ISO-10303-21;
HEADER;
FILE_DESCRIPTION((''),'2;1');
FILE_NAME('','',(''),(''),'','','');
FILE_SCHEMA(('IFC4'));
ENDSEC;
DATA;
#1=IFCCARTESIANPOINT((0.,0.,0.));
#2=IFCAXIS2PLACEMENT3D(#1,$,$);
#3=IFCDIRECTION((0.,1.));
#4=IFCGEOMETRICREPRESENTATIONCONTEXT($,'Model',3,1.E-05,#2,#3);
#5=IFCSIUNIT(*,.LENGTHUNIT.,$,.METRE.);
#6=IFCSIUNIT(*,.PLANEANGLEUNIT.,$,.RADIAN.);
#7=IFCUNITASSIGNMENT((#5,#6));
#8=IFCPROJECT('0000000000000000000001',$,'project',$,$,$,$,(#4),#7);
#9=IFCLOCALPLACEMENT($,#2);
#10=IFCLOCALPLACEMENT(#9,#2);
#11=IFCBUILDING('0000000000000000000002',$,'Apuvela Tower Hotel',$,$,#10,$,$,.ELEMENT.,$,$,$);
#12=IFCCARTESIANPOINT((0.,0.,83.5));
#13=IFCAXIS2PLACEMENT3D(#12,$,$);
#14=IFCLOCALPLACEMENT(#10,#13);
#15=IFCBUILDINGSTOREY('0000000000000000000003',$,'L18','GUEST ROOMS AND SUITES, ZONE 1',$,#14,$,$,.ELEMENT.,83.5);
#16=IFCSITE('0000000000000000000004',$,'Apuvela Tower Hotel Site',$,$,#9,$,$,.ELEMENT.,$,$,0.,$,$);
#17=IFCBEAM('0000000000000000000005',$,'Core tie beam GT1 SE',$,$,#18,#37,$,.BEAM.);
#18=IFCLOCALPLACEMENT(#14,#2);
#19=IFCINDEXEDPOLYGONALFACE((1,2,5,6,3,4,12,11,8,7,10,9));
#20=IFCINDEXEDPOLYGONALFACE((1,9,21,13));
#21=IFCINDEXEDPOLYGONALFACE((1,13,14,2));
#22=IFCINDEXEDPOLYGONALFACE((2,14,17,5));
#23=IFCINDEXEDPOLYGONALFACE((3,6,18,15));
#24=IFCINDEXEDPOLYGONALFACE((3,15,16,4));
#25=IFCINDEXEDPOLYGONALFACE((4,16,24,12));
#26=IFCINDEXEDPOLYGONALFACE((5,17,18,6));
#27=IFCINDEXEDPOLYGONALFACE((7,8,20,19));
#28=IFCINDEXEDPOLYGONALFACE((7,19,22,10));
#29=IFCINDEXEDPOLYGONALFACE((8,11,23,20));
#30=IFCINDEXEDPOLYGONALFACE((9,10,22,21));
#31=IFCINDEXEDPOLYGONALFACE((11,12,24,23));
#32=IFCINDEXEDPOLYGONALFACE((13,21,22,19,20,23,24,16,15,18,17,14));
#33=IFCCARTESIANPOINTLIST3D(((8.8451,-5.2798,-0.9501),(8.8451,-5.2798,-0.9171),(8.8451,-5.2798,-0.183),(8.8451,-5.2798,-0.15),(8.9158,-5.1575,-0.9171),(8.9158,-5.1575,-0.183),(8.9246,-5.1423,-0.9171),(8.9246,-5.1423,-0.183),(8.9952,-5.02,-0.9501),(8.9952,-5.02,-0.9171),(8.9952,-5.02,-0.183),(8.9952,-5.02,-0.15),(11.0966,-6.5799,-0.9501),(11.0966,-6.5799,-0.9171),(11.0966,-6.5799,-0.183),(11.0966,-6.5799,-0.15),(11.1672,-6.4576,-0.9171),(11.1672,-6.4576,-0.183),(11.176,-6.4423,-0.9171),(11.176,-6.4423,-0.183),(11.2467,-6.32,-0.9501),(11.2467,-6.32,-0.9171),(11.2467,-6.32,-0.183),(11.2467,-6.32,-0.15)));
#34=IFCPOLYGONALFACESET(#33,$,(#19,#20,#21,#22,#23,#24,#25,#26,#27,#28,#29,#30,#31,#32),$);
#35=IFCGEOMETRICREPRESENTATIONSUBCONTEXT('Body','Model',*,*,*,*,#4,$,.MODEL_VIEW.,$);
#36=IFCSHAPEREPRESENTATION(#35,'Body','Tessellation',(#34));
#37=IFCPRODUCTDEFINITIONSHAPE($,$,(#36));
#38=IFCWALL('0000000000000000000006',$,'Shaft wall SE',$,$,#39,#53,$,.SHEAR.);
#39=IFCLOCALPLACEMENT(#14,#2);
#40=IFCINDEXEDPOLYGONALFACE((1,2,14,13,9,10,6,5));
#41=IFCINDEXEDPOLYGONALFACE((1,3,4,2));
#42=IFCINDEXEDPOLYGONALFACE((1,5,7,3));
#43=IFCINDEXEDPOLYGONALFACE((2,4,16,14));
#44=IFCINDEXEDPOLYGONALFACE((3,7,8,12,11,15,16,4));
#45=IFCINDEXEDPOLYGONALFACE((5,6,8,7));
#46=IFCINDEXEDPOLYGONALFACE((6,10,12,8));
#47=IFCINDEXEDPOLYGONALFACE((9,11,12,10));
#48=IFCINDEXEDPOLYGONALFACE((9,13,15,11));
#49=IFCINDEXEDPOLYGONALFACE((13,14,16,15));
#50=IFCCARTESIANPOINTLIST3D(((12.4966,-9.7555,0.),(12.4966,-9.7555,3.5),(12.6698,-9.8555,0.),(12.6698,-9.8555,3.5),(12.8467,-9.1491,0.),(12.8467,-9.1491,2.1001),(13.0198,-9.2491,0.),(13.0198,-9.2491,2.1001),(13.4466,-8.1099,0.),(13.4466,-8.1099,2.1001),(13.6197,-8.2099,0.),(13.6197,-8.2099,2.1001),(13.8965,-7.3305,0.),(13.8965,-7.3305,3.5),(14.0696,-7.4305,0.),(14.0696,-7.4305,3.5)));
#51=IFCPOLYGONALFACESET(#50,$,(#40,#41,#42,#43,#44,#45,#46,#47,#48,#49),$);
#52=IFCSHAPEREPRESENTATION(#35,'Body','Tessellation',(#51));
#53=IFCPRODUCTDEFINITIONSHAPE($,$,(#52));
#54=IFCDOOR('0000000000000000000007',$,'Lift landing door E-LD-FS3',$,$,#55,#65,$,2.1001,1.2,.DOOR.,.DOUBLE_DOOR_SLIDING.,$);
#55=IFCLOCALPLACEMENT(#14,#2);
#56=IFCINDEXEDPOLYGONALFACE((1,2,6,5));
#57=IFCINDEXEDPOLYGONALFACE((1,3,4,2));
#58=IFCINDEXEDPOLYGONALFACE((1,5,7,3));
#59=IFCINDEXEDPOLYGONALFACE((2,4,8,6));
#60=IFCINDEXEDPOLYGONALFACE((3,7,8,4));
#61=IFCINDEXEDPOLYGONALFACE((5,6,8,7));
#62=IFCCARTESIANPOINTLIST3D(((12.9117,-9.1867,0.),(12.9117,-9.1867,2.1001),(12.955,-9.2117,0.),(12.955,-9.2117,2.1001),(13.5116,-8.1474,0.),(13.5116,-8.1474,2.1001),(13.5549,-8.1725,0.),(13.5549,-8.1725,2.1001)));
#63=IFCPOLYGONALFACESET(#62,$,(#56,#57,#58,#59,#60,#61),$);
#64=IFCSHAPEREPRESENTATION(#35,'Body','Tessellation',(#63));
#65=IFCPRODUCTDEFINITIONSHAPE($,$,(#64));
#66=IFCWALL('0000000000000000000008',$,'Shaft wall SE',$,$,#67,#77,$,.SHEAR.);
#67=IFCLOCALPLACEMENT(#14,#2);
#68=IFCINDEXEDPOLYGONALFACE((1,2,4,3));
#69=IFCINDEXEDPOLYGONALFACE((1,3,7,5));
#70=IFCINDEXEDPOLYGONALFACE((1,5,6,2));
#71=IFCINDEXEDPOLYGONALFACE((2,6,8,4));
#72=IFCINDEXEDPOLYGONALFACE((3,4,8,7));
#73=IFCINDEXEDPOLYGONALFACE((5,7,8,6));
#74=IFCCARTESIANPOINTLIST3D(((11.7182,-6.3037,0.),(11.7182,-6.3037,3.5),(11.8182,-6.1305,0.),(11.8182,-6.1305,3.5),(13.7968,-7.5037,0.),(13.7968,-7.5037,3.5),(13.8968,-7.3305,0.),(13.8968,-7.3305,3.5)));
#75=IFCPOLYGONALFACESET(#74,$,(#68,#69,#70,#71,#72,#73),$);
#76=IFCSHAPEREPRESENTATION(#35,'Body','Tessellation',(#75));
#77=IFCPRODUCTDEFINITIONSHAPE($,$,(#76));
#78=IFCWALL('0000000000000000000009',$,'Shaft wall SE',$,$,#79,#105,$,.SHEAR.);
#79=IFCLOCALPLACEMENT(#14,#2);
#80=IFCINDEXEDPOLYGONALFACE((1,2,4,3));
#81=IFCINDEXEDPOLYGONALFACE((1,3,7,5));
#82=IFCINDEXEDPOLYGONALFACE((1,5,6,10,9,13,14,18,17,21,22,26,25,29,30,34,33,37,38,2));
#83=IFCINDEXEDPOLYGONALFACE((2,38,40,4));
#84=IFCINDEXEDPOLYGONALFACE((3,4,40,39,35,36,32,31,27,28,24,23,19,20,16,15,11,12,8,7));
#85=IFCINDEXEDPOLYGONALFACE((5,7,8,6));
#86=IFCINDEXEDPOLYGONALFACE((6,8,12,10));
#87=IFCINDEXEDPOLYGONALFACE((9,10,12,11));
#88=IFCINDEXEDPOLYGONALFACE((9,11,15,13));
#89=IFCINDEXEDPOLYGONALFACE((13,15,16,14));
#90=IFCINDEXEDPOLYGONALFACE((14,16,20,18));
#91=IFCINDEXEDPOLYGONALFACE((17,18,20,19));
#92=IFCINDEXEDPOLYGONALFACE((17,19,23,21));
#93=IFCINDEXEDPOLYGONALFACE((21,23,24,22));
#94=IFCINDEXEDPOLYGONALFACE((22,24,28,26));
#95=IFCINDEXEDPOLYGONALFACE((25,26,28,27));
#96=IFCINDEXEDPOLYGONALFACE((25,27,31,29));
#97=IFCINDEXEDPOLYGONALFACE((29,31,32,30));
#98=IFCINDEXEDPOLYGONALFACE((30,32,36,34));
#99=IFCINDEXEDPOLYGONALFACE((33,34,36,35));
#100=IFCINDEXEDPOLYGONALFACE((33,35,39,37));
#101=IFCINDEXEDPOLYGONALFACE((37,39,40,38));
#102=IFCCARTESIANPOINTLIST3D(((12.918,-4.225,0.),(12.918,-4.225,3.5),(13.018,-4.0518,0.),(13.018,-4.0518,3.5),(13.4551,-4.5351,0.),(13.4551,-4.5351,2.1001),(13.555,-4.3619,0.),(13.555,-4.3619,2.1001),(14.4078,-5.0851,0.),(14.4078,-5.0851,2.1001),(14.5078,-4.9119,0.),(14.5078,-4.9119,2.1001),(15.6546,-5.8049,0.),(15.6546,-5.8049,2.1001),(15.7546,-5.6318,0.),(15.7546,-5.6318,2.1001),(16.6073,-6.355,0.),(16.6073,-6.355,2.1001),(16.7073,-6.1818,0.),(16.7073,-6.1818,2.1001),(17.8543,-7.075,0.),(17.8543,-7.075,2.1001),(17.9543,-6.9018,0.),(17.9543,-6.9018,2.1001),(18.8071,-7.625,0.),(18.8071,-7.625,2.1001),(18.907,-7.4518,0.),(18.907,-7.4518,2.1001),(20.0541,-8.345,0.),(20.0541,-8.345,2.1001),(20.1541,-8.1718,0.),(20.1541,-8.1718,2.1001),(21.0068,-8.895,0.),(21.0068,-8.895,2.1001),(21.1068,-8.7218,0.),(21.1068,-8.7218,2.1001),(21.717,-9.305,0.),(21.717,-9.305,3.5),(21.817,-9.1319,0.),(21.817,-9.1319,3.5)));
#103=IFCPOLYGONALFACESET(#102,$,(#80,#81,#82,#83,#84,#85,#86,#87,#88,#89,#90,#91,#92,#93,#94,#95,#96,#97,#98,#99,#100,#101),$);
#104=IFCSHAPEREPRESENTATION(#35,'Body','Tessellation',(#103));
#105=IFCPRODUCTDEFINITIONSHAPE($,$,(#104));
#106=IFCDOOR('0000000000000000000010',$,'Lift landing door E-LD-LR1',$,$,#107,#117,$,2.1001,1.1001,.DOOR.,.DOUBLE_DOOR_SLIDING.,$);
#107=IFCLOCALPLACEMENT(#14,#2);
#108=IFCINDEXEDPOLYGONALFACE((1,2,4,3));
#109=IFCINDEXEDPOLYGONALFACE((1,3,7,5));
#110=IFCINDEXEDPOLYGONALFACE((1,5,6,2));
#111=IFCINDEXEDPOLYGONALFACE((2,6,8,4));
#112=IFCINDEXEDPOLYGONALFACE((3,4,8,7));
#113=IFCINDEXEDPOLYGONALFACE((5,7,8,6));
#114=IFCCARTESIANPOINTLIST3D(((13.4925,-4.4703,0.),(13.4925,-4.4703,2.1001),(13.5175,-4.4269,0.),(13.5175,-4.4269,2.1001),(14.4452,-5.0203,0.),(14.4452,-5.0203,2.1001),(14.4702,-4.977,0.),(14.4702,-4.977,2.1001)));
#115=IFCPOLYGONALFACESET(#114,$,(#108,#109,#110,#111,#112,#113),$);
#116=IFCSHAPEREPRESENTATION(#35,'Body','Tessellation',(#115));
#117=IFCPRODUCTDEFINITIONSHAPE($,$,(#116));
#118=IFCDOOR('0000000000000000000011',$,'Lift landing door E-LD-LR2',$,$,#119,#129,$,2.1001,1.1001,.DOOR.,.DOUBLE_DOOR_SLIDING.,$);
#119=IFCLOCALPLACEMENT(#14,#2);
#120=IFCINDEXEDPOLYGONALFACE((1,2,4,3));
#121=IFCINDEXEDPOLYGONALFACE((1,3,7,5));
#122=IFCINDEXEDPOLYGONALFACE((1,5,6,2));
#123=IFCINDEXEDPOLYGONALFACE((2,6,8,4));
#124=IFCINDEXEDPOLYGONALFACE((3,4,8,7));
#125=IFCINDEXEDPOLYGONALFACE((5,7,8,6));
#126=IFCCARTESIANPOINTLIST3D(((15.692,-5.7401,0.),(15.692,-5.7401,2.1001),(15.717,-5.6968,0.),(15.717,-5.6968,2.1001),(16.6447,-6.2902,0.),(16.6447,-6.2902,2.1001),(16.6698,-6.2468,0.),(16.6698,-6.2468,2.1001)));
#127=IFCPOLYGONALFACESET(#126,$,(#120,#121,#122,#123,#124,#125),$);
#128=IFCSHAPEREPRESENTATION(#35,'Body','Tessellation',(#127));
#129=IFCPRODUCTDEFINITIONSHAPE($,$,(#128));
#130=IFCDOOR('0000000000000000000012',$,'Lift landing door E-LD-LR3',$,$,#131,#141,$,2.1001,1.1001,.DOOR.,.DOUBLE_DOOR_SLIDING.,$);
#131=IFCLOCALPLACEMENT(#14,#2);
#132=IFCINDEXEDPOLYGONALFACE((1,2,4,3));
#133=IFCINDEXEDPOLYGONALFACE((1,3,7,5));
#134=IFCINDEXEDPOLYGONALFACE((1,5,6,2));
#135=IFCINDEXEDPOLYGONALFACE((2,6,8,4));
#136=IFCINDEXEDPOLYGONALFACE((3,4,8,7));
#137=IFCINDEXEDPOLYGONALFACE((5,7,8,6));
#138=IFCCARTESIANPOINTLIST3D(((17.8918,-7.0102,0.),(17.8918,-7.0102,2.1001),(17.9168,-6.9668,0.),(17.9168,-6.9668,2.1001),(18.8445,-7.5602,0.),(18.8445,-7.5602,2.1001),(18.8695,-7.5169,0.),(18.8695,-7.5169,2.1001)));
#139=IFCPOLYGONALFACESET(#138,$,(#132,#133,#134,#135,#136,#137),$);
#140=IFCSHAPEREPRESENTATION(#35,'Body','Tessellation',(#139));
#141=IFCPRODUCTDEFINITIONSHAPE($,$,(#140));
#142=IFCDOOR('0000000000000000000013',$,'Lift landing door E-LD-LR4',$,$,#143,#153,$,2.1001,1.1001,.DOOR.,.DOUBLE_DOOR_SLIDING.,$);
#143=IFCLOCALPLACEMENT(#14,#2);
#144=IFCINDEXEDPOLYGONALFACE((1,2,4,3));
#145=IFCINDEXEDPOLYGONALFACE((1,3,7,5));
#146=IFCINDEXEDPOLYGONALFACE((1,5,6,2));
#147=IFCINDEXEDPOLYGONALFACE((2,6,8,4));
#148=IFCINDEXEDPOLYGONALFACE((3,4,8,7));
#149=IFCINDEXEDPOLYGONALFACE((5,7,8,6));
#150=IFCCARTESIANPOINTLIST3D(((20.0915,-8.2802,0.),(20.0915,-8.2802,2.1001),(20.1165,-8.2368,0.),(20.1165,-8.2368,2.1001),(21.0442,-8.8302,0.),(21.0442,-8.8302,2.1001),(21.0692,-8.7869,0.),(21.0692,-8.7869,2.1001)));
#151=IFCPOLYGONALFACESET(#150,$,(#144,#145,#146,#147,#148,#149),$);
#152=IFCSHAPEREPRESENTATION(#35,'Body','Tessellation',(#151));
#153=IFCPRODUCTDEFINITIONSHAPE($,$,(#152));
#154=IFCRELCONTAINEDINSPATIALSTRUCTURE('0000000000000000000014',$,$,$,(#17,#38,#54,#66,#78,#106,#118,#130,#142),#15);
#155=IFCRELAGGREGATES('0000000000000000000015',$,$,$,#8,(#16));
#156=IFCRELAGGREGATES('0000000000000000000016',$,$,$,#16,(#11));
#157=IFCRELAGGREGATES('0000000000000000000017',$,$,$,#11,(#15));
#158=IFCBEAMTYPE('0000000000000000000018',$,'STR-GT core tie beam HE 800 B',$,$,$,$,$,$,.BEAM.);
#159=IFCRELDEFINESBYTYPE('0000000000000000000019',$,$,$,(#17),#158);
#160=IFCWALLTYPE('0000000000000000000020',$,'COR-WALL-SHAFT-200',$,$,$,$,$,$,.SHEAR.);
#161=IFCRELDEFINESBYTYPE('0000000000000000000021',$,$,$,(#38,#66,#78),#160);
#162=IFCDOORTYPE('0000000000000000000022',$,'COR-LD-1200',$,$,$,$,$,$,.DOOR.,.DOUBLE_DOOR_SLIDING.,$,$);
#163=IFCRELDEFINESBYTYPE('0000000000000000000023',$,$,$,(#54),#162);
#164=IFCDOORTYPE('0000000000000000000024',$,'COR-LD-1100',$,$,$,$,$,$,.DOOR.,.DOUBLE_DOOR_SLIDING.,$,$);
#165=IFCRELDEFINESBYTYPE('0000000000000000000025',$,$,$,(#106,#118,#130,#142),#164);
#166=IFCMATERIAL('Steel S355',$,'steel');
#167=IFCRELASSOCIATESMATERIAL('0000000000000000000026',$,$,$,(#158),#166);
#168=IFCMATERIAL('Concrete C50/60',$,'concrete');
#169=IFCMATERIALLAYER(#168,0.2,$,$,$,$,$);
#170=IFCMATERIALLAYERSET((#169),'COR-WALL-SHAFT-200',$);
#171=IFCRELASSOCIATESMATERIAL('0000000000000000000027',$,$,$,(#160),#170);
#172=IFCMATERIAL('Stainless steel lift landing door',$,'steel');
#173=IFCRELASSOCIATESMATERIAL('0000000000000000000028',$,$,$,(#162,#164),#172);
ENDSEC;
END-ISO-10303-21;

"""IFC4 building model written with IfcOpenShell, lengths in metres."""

from ifc_helpers import new_model, si_unit, direction, frame, frame_2d, origin, origin_2d, place, context, subcontext, project, spatial, rectangle, i_section, extrude, material, layer, layer_set, material_profile, profile_set, type_object, element, fill, save


model = new_model("IFC4")

# Units and contexts
model_context = context("Model", 3, precision=1e-05, world=origin(), true_north=direction((0.0, 1.0)))
body_context = subcontext(model_context, "Body", "Model", "MODEL_VIEW")
ifc_project = project(units=[si_unit("LENGTHUNIT", "METRE"), si_unit("PLANEANGLEUNIT", "RADIAN")], contexts=[model_context])

# Site, building, storey
site_placement = place(None, origin())
site = spatial("IfcSite", under=ifc_project, at=site_placement, Name="Apuvela Tower Hotel Site", CompositionType="ELEMENT", RefElevation=0.0)
building_placement = place(site_placement, origin())
building = spatial("IfcBuilding", under=site, at=building_placement, Name="Apuvela Tower Hotel", CompositionType="ELEMENT")
storey_placement = place(building_placement, frame((0.0, 0.0, 83.5)))
storey = spatial("IfcBuildingStorey", under=building, at=storey_placement, Name="L18", Description="GUEST ROOMS AND SUITES, ZONE 1", CompositionType="ELEMENT", Elevation=83.5)

# Beam
ifc_material_1 = material(Name="Steel S355", Category="steel")
ifc_material_profile = material_profile(ifc_material_1, i_section(OverallWidth=0.3, OverallDepth=0.8, WebThickness=0.0176, FlangeThickness=0.033, at=origin_2d()), Name="HE 800 B")
ifc_profile_set = profile_set([ifc_material_profile], Name="Steel S355")
beam_type = type_object("IfcBeamType", Name="STR-GT core tie beam HE 800 B", PredefinedType="BEAM", material=ifc_profile_set)
beam_placement = place(storey_placement, frame((11.1716, -6.45, -0.55), z_axis=(-0.865998, 0.500048, 0.0), x_axis=(-0.500048, -0.865998, 0.0)))
element("IfcBeam", 1, at=beam_placement, inside=storey, type_object=beam_type, Name="Core tie beam GT1 SE", PredefinedType="BEAM", context=body_context, shape_type="SweptSolid", body=[
    extrude(i_section(OverallWidth=0.3, OverallDepth=0.8, WebThickness=0.0176, FlangeThickness=0.033, at=origin_2d()), origin(), (0.0, 0.0, 1.0), 2.5999),
])

# Wall, opening, door
ifc_material_2 = material(Name="Concrete C50/60", Category="concrete")
ifc_layer = layer(ifc_material_2, 0.2)
ifc_layer_set = layer_set([ifc_layer], Name="COR-WALL-SHAFT-200")
wall_type = type_object("IfcWallType", Name="COR-WALL-SHAFT-200", PredefinedType="SHEAR", material=ifc_layer_set)
wall_1_placement = place(storey_placement, frame((12.5833, -9.8054, 0.0), z_axis=(0.0, 0.0, 1.0), x_axis=(0.499946, 0.866056, 0.0)))
wall_1 = element("IfcWall", 2, at=wall_1_placement, inside=storey, type_object=wall_type, Name="Shaft wall SE", PredefinedType="SHEAR", context=body_context, shape_type="SweptSolid", body=[
    extrude(rectangle(XDim=2.8, YDim=0.2, at=frame_2d((1.3999, 0.0))), origin(), (0.0, 0.0, 1.0), 3.5),
])
opening_1_placement = place(wall_1_placement, frame((0.7, 0.0, 0.0)))
opening_1 = element("IfcOpeningElement", 3, at=opening_1_placement, cuts=wall_1, PredefinedType="OPENING", context=body_context, shape_type="SweptSolid", body=[
    extrude(rectangle(XDim=1.2, YDim=2.1001, at=frame_2d((0.6001, 1.05))), frame((0.0, 0.1099, 0.0), z_axis=(0.0, -1.0, 0.0), x_axis=(1.0, 0.0, 0.0)), (0.0, 0.0, 1.0), 0.22),
])
ifc_material_3 = material(Name="Stainless steel lift landing door", Category="steel")
door_type_1 = type_object("IfcDoorType", Name="COR-LD-1200", OperationType="DOUBLE_DOOR_SLIDING", PredefinedType="DOOR", material=ifc_material_3)
door_1_placement = place(opening_1_placement, origin())
door_1 = element("IfcDoor", 4, at=door_1_placement, inside=storey, type_object=door_type_1, Name="Lift landing door E-LD-FS3", OperationType="DOUBLE_DOOR_SLIDING", OverallHeight=2.1001, OverallWidth=1.2, PredefinedType="DOOR", context=body_context, shape_type="SweptSolid", body=[
    extrude(rectangle(XDim=1.2, YDim=2.1001, at=frame_2d((0.6001, 1.05))), frame((0.0, 0.0249, 0.0), z_axis=(0.0, -1.0, 0.0), x_axis=(1.0, 0.0, 0.0)), (0.0, 0.0, 1.0), 0.05),
])
fill(opening_1, door_1)

# Wall
wall_2_placement = place(storey_placement, frame((11.7681, -6.217, 0.0), z_axis=(0.0, 0.0, 1.0), x_axis=(0.86605, -0.499957, 0.0)))
element("IfcWall", 5, at=wall_2_placement, inside=storey, type_object=wall_type, Name="Shaft wall SE", PredefinedType="SHEAR", context=body_context, shape_type="SweptSolid", body=[
    extrude(rectangle(XDim=2.4001, YDim=0.2, at=frame_2d((1.2002, 0.0))), origin(), (0.0, 0.0, 1.0), 3.5),
])

# Wall, openings, doors
wall_3_placement = place(storey_placement, frame((12.968, -4.1384, 0.0), z_axis=(0.0, 0.0, 1.0), x_axis=(0.866028, -0.499995, 0.0)))
wall_3 = element("IfcWall", 6, at=wall_3_placement, inside=storey, type_object=wall_type, Name="Shaft wall SE", PredefinedType="SHEAR", context=body_context, shape_type="SweptSolid", body=[
    extrude(rectangle(XDim=10.1602, YDim=0.2, at=frame_2d((5.0801, 0.0))), origin(), (0.0, 0.0, 1.0), 3.5),
])
opening_2_placement = place(wall_3_placement, frame((0.6201, 0.0, 0.0)))
opening_2 = element("IfcOpeningElement", 7, at=opening_2_placement, cuts=wall_3, PredefinedType="OPENING", context=body_context, shape_type="SweptSolid", body=[
    extrude(rectangle(XDim=1.1001, YDim=2.1001, at=frame_2d((0.55, 1.05))), frame((0.0, 0.1099, 0.0), z_axis=(0.0, -1.0, 0.0), x_axis=(1.0, 0.0, 0.0)), (0.0, 0.0, 1.0), 0.22),
])
opening_3_placement = place(wall_3_placement, frame((3.1599, 0.0, 0.0)))
opening_3 = element("IfcOpeningElement", 8, at=opening_3_placement, cuts=wall_3, PredefinedType="OPENING", context=body_context, shape_type="SweptSolid", body=[
    extrude(rectangle(XDim=1.1001, YDim=2.1001, at=frame_2d((0.55, 1.05))), frame((0.0, 0.1099, 0.0), z_axis=(0.0, -1.0, 0.0), x_axis=(1.0, 0.0, 0.0)), (0.0, 0.0, 1.0), 0.22),
])
opening_4_placement = place(wall_3_placement, frame((5.7, 0.0, 0.0)))
opening_4 = element("IfcOpeningElement", 9, at=opening_4_placement, cuts=wall_3, PredefinedType="OPENING", context=body_context, shape_type="SweptSolid", body=[
    extrude(rectangle(XDim=1.1001, YDim=2.1001, at=frame_2d((0.55, 1.05))), frame((0.0, 0.1099, 0.0), z_axis=(0.0, -1.0, 0.0), x_axis=(1.0, 0.0, 0.0)), (0.0, 0.0, 1.0), 0.22),
])
opening_5_placement = place(wall_3_placement, frame((8.24, 0.0, 0.0)))
opening_5 = element("IfcOpeningElement", 10, at=opening_5_placement, cuts=wall_3, PredefinedType="OPENING", context=body_context, shape_type="SweptSolid", body=[
    extrude(rectangle(XDim=1.1001, YDim=2.1001, at=frame_2d((0.55, 1.05))), frame((0.0, 0.1099, 0.0), z_axis=(0.0, -1.0, 0.0), x_axis=(1.0, 0.0, 0.0)), (0.0, 0.0, 1.0), 0.22),
])
door_type_2 = type_object("IfcDoorType", Name="COR-LD-1100", OperationType="DOUBLE_DOOR_SLIDING", PredefinedType="DOOR", material=ifc_material_3)
door_2_placement = place(opening_2_placement, origin())
door_2 = element("IfcDoor", 11, at=door_2_placement, inside=storey, type_object=door_type_2, Name="Lift landing door E-LD-LR1", OperationType="DOUBLE_DOOR_SLIDING", OverallHeight=2.1001, OverallWidth=1.1001, PredefinedType="DOOR", context=body_context, shape_type="SweptSolid", body=[
    extrude(rectangle(XDim=1.1001, YDim=2.1001, at=frame_2d((0.55, 1.05))), frame((0.0, 0.0249, 0.0), z_axis=(0.0, -1.0, 0.0), x_axis=(1.0, 0.0, 0.0)), (0.0, 0.0, 1.0), 0.05),
])
fill(opening_2, door_2)
door_3_placement = place(opening_3_placement, origin())
door_3 = element("IfcDoor", 12, at=door_3_placement, inside=storey, type_object=door_type_2, Name="Lift landing door E-LD-LR2", OperationType="DOUBLE_DOOR_SLIDING", OverallHeight=2.1001, OverallWidth=1.1001, PredefinedType="DOOR", context=body_context, shape_type="SweptSolid", body=[
    extrude(rectangle(XDim=1.1001, YDim=2.1001, at=frame_2d((0.55, 1.05))), frame((0.0, 0.0249, 0.0), z_axis=(0.0, -1.0, 0.0), x_axis=(1.0, 0.0, 0.0)), (0.0, 0.0, 1.0), 0.05),
])
fill(opening_3, door_3)
door_4_placement = place(opening_4_placement, origin())
door_4 = element("IfcDoor", 13, at=door_4_placement, inside=storey, type_object=door_type_2, Name="Lift landing door E-LD-LR3", OperationType="DOUBLE_DOOR_SLIDING", OverallHeight=2.1001, OverallWidth=1.1001, PredefinedType="DOOR", context=body_context, shape_type="SweptSolid", body=[
    extrude(rectangle(XDim=1.1001, YDim=2.1001, at=frame_2d((0.55, 1.05))), frame((0.0, 0.0249, 0.0), z_axis=(0.0, -1.0, 0.0), x_axis=(1.0, 0.0, 0.0)), (0.0, 0.0, 1.0), 0.05),
])
fill(opening_4, door_4)
door_5_placement = place(opening_5_placement, origin())
door_5 = element("IfcDoor", 14, at=door_5_placement, inside=storey, type_object=door_type_2, Name="Lift landing door E-LD-LR4", OperationType="DOUBLE_DOOR_SLIDING", OverallHeight=2.1001, OverallWidth=1.1001, PredefinedType="DOOR", context=body_context, shape_type="SweptSolid", body=[
    extrude(rectangle(XDim=1.1001, YDim=2.1001, at=frame_2d((0.55, 1.05))), frame((0.0, 0.0249, 0.0), z_axis=(0.0, -1.0, 0.0), x_axis=(1.0, 0.0, 0.0)), (0.0, 0.0, 1.0), 0.05),
])
fill(opening_5, door_5)

save(model, "model.ifc")
